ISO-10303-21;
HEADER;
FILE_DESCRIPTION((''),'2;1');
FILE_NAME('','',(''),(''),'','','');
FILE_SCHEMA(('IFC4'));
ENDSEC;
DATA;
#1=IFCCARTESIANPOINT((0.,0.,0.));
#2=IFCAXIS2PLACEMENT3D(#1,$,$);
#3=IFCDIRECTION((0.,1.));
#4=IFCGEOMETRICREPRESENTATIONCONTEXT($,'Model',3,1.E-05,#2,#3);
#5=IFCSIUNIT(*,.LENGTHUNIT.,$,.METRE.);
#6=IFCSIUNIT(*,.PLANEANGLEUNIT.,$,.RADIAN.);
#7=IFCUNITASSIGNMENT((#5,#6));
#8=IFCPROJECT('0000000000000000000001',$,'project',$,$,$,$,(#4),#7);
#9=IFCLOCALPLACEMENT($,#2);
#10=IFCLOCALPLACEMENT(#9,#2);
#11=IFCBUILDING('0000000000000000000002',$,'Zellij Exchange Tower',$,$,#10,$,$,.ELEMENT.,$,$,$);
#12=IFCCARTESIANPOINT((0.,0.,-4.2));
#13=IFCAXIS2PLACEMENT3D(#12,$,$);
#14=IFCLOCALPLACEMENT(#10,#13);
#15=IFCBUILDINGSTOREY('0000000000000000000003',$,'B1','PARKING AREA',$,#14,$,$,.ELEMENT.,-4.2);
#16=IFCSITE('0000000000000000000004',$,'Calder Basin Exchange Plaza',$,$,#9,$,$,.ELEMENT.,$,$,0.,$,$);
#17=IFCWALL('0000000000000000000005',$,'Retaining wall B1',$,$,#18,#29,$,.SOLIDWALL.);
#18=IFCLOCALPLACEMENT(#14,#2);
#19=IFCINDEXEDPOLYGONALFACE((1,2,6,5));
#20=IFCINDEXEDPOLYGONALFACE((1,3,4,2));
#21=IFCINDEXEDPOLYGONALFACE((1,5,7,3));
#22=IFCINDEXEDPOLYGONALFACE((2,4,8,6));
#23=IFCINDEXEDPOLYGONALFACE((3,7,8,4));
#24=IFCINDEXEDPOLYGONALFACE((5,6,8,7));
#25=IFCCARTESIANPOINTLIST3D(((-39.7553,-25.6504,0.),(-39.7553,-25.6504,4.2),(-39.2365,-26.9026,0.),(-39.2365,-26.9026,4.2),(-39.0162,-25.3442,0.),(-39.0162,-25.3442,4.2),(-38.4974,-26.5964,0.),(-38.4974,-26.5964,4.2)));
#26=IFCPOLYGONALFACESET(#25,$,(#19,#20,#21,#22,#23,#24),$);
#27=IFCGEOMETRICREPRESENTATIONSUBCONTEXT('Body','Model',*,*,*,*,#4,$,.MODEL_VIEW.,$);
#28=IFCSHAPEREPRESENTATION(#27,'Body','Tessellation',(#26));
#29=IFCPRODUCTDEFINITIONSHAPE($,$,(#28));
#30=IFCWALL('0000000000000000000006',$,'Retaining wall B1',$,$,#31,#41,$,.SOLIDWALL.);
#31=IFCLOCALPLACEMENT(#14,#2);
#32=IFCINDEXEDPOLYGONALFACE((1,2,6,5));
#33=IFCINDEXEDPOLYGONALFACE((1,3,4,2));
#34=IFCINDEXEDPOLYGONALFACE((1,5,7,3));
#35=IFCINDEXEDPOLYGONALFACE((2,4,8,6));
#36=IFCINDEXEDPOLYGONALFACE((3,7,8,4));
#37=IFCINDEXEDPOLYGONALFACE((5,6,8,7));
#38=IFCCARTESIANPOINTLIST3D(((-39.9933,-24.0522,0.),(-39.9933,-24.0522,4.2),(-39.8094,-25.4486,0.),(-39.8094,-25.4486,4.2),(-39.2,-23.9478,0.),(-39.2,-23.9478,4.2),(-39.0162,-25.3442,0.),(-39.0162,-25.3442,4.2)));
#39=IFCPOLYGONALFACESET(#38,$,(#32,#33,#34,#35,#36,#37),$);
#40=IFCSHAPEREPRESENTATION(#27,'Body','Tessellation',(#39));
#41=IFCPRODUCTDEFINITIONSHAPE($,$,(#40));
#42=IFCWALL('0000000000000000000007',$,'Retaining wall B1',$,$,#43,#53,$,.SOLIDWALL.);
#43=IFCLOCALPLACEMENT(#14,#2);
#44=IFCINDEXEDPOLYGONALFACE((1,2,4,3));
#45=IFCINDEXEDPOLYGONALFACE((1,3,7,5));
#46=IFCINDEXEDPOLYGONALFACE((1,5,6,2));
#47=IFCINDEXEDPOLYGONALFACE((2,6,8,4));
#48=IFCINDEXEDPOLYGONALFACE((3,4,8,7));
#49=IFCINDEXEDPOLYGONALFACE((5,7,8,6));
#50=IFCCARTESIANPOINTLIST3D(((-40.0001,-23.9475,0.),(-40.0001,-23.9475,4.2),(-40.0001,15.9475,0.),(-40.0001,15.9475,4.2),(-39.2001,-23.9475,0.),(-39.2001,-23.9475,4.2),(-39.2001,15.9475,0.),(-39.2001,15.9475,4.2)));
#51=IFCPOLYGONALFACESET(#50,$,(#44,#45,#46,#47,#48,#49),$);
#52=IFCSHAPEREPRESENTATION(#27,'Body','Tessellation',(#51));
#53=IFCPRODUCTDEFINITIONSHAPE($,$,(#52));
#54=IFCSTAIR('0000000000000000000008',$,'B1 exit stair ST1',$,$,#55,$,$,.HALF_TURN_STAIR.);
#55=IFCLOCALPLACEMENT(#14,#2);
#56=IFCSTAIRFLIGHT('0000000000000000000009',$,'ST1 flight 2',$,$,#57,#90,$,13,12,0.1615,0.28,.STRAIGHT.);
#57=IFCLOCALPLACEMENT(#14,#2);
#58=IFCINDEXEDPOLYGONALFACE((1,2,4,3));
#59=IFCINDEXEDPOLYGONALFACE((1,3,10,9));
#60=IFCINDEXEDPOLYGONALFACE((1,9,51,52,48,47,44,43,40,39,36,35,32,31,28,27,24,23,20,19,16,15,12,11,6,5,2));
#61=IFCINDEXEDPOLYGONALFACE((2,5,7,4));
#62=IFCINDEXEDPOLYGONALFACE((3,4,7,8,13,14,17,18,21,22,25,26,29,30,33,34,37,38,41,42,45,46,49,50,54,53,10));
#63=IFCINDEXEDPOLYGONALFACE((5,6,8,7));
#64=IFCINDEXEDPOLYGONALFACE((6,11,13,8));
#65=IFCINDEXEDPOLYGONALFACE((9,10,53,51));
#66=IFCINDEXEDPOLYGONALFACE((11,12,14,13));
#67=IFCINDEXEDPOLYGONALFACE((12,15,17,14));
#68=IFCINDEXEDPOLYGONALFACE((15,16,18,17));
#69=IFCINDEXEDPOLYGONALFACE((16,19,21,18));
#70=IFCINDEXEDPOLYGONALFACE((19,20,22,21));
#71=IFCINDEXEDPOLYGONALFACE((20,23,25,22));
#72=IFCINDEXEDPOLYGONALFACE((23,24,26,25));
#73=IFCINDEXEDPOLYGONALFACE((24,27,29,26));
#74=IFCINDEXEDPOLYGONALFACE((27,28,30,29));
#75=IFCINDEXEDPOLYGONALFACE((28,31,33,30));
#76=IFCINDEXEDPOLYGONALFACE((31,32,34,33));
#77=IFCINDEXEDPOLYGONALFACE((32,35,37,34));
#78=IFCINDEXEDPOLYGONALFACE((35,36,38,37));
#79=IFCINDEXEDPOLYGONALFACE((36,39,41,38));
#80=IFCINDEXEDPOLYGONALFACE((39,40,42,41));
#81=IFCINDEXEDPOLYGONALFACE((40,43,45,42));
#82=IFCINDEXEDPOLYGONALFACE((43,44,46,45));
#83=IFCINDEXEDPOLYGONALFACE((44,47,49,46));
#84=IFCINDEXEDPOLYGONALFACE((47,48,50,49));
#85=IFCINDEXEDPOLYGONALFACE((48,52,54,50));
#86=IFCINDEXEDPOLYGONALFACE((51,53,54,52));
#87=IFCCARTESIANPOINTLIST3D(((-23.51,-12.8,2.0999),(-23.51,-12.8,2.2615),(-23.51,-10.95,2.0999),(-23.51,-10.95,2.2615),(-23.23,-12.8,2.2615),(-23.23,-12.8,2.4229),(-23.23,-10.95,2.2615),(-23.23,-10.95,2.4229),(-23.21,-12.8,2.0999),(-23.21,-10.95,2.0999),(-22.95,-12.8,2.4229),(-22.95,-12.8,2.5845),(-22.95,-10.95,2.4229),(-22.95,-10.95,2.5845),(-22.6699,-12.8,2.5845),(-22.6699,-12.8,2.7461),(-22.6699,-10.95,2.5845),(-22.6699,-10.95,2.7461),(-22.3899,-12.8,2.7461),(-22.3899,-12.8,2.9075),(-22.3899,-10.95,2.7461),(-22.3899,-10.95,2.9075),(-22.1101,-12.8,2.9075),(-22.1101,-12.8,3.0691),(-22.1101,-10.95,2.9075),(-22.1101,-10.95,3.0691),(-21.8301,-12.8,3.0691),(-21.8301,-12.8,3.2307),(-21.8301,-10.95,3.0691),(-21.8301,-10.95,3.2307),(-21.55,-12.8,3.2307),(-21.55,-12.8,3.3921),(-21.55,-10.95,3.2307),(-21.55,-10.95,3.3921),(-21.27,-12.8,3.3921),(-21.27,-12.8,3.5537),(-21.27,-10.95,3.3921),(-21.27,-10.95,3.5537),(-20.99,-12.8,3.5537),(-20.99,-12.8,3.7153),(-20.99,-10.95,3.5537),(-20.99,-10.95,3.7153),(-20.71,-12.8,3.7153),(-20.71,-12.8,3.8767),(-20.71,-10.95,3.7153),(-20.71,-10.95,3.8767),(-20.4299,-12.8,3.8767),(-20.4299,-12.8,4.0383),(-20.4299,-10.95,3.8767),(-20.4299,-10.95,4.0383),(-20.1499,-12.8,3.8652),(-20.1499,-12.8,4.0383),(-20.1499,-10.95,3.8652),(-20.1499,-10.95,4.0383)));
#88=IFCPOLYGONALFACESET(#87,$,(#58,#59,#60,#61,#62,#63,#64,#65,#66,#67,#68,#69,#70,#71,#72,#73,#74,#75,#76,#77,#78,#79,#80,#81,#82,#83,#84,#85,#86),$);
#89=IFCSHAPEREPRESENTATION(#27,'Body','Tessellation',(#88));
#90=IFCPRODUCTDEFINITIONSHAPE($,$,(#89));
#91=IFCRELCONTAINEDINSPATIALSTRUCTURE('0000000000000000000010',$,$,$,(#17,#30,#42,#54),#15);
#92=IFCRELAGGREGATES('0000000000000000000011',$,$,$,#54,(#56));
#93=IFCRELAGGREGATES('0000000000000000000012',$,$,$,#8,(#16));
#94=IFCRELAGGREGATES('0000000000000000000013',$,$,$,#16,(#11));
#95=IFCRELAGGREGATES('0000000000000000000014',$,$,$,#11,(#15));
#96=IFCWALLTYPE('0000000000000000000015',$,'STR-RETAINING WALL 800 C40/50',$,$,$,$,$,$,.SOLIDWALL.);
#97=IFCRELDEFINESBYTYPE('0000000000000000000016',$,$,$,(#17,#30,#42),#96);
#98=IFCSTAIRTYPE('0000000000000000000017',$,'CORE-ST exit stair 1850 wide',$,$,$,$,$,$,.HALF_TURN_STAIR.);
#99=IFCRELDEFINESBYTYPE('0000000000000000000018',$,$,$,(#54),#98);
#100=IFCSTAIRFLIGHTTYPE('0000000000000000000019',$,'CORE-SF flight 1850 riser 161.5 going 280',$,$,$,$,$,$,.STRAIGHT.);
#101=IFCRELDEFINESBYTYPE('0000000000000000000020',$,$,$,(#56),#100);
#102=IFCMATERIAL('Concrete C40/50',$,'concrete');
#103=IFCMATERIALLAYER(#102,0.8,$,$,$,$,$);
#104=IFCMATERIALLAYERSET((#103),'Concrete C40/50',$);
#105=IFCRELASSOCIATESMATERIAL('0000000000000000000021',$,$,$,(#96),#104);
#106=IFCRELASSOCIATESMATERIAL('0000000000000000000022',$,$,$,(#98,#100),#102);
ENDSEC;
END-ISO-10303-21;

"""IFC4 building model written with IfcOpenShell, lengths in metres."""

from ifc_helpers import new_model, si_unit, direction, frame, frame_2d, origin, place, context, subcontext, project, spatial, polyline, rectangle, outline, extrude, material, layer, layer_set, type_object, element, aggregate, save


model = new_model("IFC4")

# Units and contexts
model_context = context("Model", 3, precision=1e-05, world=origin(), true_north=direction((0.0, 1.0)))
body_context = subcontext(model_context, "Body", "Model", "MODEL_VIEW")
ifc_project = project(units=[si_unit("LENGTHUNIT", "METRE"), si_unit("PLANEANGLEUNIT", "RADIAN")], contexts=[model_context])

# Site, building, storey
site_placement = place(None, origin())
site = spatial("IfcSite", under=ifc_project, at=site_placement, Name="Calder Basin Exchange Plaza", CompositionType="ELEMENT", RefElevation=0.0)
building_placement = place(site_placement, origin())
building = spatial("IfcBuilding", under=site, at=building_placement, Name="Zellij Exchange Tower", CompositionType="ELEMENT")
storey_placement = place(building_placement, frame((0.0, 0.0, -4.2)))
storey = spatial("IfcBuildingStorey", under=building, at=storey_placement, Name="B1", Description="PARKING AREA", CompositionType="ELEMENT", Elevation=-4.2)

# Shared definitions
ifc_material_1 = material(Name="Concrete C40/50", Category="concrete")

# Walls
ifc_layer_1 = layer(ifc_material_1, 0.8)
ifc_layer_set_1 = layer_set([ifc_layer_1], Name="Concrete C40/50")
wall_type_1 = type_object("IfcWallType", Name="STR-RETAINING WALL 800 C40/50", PredefinedType="SOLIDWALL", material=ifc_layer_set_1)
for number, where, z_axis, x_axis, name in (
    (1, (-38.8669, -26.7495, 0.0), (0.0, 0.0, 1.0), (-0.38276, 0.923848, 0.0), "Retaining wall B1"),
):
    element("IfcWall", number, at=place(storey_placement, frame(where, z_axis=z_axis, x_axis=x_axis)), inside=storey, type_object=wall_type_1, Name=name, PredefinedType="SOLIDWALL", context=body_context, shape_type="SweptSolid", body=[
        extrude(rectangle(XDim=1.3555, YDim=0.8, at=frame_2d((0.6777, 0.0))), origin(), (0.0, 0.0, 1.0), 4.2),
    ])
wall_1_placement = place(storey_placement, frame((-39.4128, -25.3962, 0.0), z_axis=(0.0, 0.0, 1.0), x_axis=(-0.130517, 0.991446, 0.0)))
element("IfcWall", 2, at=wall_1_placement, inside=storey, type_object=wall_type_1, Name="Retaining wall B1", PredefinedType="SOLIDWALL", context=body_context, shape_type="SweptSolid", body=[
    extrude(rectangle(XDim=1.4084, YDim=0.8, at=frame_2d((0.7041, 0.0))), origin(), (0.0, 0.0, 1.0), 4.2),
])
wall_2_placement = place(storey_placement, frame((-39.6001, -23.9475, 0.0), z_axis=(0.0, 0.0, 1.0), x_axis=(0.0, 1.0, 0.0)))
element("IfcWall", 3, at=wall_2_placement, inside=storey, type_object=wall_type_1, Name="Retaining wall B1", PredefinedType="SOLIDWALL", context=body_context, shape_type="SweptSolid", body=[
    extrude(rectangle(XDim=39.895, YDim=0.8, at=frame_2d((19.9475, 0.0))), origin(), (0.0, 0.0, 1.0), 4.2),
])

# Stair, stair flight
stair_type = type_object("IfcStairType", Name="CORE-ST exit stair 1850 wide", PredefinedType="HALF_TURN_STAIR", material=ifc_material_1)
stair_placement = place(storey_placement, origin())
stair = element("IfcStair", 4, at=stair_placement, inside=storey, type_object=stair_type, Name="B1 exit stair ST1", PredefinedType="HALF_TURN_STAIR")
stair_flight_type = type_object("IfcStairFlightType", Name="CORE-SF flight 1850 riser 161.5 going 280", PredefinedType="STRAIGHT", material=ifc_material_1)
stair_flight_placement = place(storey_placement, frame((-23.51, -11.875, 2.0999), z_axis=(0.0, 0.0, 1.0), x_axis=(1.0, 0.0, 0.0)))
stair_flight = element("IfcStairFlight", 5, at=stair_flight_placement, type_object=stair_flight_type, Name="ST1 flight 2", NumberOfRisers=13, NumberOfTreads=12, PredefinedType="STRAIGHT", RiserHeight=0.1615, TreadLength=0.28, context=body_context, shape_type="SweptSolid", body=[
    extrude(outline(polyline([(0.0, 0.0), (0.0, 0.1616), (0.28, 0.1616), (0.28, 0.323), (0.5601, 0.323), (0.5601, 0.4846), (0.8401, 0.4846), (0.8401, 0.6462), (1.1201, 0.6462), (1.1201, 0.8076), (1.3999, 0.8076), (1.3999, 0.9692), (1.6799, 0.9692), (1.6799, 1.1309), (1.96, 1.1309), (1.96, 1.2922), (2.24, 1.2922), (2.24, 1.4539), (2.52, 1.4539), (2.52, 1.6155), (2.8, 1.6155), (2.8, 1.7769), (3.0801, 1.7769), (3.0801, 1.9385), (3.3601, 1.9385), (3.3601, 2.1001), (3.3601, 1.7654), (0.3, 0.0), (0.0, 0.0)])), frame((0.0, 0.925, 0.0), z_axis=(0.0, -1.0, 0.0), x_axis=(1.0, 0.0, 0.0)), (0.0, 0.0, 1.0), 1.8501),
])
aggregate(stair, [stair_flight])

save(model, "model.ifc")
